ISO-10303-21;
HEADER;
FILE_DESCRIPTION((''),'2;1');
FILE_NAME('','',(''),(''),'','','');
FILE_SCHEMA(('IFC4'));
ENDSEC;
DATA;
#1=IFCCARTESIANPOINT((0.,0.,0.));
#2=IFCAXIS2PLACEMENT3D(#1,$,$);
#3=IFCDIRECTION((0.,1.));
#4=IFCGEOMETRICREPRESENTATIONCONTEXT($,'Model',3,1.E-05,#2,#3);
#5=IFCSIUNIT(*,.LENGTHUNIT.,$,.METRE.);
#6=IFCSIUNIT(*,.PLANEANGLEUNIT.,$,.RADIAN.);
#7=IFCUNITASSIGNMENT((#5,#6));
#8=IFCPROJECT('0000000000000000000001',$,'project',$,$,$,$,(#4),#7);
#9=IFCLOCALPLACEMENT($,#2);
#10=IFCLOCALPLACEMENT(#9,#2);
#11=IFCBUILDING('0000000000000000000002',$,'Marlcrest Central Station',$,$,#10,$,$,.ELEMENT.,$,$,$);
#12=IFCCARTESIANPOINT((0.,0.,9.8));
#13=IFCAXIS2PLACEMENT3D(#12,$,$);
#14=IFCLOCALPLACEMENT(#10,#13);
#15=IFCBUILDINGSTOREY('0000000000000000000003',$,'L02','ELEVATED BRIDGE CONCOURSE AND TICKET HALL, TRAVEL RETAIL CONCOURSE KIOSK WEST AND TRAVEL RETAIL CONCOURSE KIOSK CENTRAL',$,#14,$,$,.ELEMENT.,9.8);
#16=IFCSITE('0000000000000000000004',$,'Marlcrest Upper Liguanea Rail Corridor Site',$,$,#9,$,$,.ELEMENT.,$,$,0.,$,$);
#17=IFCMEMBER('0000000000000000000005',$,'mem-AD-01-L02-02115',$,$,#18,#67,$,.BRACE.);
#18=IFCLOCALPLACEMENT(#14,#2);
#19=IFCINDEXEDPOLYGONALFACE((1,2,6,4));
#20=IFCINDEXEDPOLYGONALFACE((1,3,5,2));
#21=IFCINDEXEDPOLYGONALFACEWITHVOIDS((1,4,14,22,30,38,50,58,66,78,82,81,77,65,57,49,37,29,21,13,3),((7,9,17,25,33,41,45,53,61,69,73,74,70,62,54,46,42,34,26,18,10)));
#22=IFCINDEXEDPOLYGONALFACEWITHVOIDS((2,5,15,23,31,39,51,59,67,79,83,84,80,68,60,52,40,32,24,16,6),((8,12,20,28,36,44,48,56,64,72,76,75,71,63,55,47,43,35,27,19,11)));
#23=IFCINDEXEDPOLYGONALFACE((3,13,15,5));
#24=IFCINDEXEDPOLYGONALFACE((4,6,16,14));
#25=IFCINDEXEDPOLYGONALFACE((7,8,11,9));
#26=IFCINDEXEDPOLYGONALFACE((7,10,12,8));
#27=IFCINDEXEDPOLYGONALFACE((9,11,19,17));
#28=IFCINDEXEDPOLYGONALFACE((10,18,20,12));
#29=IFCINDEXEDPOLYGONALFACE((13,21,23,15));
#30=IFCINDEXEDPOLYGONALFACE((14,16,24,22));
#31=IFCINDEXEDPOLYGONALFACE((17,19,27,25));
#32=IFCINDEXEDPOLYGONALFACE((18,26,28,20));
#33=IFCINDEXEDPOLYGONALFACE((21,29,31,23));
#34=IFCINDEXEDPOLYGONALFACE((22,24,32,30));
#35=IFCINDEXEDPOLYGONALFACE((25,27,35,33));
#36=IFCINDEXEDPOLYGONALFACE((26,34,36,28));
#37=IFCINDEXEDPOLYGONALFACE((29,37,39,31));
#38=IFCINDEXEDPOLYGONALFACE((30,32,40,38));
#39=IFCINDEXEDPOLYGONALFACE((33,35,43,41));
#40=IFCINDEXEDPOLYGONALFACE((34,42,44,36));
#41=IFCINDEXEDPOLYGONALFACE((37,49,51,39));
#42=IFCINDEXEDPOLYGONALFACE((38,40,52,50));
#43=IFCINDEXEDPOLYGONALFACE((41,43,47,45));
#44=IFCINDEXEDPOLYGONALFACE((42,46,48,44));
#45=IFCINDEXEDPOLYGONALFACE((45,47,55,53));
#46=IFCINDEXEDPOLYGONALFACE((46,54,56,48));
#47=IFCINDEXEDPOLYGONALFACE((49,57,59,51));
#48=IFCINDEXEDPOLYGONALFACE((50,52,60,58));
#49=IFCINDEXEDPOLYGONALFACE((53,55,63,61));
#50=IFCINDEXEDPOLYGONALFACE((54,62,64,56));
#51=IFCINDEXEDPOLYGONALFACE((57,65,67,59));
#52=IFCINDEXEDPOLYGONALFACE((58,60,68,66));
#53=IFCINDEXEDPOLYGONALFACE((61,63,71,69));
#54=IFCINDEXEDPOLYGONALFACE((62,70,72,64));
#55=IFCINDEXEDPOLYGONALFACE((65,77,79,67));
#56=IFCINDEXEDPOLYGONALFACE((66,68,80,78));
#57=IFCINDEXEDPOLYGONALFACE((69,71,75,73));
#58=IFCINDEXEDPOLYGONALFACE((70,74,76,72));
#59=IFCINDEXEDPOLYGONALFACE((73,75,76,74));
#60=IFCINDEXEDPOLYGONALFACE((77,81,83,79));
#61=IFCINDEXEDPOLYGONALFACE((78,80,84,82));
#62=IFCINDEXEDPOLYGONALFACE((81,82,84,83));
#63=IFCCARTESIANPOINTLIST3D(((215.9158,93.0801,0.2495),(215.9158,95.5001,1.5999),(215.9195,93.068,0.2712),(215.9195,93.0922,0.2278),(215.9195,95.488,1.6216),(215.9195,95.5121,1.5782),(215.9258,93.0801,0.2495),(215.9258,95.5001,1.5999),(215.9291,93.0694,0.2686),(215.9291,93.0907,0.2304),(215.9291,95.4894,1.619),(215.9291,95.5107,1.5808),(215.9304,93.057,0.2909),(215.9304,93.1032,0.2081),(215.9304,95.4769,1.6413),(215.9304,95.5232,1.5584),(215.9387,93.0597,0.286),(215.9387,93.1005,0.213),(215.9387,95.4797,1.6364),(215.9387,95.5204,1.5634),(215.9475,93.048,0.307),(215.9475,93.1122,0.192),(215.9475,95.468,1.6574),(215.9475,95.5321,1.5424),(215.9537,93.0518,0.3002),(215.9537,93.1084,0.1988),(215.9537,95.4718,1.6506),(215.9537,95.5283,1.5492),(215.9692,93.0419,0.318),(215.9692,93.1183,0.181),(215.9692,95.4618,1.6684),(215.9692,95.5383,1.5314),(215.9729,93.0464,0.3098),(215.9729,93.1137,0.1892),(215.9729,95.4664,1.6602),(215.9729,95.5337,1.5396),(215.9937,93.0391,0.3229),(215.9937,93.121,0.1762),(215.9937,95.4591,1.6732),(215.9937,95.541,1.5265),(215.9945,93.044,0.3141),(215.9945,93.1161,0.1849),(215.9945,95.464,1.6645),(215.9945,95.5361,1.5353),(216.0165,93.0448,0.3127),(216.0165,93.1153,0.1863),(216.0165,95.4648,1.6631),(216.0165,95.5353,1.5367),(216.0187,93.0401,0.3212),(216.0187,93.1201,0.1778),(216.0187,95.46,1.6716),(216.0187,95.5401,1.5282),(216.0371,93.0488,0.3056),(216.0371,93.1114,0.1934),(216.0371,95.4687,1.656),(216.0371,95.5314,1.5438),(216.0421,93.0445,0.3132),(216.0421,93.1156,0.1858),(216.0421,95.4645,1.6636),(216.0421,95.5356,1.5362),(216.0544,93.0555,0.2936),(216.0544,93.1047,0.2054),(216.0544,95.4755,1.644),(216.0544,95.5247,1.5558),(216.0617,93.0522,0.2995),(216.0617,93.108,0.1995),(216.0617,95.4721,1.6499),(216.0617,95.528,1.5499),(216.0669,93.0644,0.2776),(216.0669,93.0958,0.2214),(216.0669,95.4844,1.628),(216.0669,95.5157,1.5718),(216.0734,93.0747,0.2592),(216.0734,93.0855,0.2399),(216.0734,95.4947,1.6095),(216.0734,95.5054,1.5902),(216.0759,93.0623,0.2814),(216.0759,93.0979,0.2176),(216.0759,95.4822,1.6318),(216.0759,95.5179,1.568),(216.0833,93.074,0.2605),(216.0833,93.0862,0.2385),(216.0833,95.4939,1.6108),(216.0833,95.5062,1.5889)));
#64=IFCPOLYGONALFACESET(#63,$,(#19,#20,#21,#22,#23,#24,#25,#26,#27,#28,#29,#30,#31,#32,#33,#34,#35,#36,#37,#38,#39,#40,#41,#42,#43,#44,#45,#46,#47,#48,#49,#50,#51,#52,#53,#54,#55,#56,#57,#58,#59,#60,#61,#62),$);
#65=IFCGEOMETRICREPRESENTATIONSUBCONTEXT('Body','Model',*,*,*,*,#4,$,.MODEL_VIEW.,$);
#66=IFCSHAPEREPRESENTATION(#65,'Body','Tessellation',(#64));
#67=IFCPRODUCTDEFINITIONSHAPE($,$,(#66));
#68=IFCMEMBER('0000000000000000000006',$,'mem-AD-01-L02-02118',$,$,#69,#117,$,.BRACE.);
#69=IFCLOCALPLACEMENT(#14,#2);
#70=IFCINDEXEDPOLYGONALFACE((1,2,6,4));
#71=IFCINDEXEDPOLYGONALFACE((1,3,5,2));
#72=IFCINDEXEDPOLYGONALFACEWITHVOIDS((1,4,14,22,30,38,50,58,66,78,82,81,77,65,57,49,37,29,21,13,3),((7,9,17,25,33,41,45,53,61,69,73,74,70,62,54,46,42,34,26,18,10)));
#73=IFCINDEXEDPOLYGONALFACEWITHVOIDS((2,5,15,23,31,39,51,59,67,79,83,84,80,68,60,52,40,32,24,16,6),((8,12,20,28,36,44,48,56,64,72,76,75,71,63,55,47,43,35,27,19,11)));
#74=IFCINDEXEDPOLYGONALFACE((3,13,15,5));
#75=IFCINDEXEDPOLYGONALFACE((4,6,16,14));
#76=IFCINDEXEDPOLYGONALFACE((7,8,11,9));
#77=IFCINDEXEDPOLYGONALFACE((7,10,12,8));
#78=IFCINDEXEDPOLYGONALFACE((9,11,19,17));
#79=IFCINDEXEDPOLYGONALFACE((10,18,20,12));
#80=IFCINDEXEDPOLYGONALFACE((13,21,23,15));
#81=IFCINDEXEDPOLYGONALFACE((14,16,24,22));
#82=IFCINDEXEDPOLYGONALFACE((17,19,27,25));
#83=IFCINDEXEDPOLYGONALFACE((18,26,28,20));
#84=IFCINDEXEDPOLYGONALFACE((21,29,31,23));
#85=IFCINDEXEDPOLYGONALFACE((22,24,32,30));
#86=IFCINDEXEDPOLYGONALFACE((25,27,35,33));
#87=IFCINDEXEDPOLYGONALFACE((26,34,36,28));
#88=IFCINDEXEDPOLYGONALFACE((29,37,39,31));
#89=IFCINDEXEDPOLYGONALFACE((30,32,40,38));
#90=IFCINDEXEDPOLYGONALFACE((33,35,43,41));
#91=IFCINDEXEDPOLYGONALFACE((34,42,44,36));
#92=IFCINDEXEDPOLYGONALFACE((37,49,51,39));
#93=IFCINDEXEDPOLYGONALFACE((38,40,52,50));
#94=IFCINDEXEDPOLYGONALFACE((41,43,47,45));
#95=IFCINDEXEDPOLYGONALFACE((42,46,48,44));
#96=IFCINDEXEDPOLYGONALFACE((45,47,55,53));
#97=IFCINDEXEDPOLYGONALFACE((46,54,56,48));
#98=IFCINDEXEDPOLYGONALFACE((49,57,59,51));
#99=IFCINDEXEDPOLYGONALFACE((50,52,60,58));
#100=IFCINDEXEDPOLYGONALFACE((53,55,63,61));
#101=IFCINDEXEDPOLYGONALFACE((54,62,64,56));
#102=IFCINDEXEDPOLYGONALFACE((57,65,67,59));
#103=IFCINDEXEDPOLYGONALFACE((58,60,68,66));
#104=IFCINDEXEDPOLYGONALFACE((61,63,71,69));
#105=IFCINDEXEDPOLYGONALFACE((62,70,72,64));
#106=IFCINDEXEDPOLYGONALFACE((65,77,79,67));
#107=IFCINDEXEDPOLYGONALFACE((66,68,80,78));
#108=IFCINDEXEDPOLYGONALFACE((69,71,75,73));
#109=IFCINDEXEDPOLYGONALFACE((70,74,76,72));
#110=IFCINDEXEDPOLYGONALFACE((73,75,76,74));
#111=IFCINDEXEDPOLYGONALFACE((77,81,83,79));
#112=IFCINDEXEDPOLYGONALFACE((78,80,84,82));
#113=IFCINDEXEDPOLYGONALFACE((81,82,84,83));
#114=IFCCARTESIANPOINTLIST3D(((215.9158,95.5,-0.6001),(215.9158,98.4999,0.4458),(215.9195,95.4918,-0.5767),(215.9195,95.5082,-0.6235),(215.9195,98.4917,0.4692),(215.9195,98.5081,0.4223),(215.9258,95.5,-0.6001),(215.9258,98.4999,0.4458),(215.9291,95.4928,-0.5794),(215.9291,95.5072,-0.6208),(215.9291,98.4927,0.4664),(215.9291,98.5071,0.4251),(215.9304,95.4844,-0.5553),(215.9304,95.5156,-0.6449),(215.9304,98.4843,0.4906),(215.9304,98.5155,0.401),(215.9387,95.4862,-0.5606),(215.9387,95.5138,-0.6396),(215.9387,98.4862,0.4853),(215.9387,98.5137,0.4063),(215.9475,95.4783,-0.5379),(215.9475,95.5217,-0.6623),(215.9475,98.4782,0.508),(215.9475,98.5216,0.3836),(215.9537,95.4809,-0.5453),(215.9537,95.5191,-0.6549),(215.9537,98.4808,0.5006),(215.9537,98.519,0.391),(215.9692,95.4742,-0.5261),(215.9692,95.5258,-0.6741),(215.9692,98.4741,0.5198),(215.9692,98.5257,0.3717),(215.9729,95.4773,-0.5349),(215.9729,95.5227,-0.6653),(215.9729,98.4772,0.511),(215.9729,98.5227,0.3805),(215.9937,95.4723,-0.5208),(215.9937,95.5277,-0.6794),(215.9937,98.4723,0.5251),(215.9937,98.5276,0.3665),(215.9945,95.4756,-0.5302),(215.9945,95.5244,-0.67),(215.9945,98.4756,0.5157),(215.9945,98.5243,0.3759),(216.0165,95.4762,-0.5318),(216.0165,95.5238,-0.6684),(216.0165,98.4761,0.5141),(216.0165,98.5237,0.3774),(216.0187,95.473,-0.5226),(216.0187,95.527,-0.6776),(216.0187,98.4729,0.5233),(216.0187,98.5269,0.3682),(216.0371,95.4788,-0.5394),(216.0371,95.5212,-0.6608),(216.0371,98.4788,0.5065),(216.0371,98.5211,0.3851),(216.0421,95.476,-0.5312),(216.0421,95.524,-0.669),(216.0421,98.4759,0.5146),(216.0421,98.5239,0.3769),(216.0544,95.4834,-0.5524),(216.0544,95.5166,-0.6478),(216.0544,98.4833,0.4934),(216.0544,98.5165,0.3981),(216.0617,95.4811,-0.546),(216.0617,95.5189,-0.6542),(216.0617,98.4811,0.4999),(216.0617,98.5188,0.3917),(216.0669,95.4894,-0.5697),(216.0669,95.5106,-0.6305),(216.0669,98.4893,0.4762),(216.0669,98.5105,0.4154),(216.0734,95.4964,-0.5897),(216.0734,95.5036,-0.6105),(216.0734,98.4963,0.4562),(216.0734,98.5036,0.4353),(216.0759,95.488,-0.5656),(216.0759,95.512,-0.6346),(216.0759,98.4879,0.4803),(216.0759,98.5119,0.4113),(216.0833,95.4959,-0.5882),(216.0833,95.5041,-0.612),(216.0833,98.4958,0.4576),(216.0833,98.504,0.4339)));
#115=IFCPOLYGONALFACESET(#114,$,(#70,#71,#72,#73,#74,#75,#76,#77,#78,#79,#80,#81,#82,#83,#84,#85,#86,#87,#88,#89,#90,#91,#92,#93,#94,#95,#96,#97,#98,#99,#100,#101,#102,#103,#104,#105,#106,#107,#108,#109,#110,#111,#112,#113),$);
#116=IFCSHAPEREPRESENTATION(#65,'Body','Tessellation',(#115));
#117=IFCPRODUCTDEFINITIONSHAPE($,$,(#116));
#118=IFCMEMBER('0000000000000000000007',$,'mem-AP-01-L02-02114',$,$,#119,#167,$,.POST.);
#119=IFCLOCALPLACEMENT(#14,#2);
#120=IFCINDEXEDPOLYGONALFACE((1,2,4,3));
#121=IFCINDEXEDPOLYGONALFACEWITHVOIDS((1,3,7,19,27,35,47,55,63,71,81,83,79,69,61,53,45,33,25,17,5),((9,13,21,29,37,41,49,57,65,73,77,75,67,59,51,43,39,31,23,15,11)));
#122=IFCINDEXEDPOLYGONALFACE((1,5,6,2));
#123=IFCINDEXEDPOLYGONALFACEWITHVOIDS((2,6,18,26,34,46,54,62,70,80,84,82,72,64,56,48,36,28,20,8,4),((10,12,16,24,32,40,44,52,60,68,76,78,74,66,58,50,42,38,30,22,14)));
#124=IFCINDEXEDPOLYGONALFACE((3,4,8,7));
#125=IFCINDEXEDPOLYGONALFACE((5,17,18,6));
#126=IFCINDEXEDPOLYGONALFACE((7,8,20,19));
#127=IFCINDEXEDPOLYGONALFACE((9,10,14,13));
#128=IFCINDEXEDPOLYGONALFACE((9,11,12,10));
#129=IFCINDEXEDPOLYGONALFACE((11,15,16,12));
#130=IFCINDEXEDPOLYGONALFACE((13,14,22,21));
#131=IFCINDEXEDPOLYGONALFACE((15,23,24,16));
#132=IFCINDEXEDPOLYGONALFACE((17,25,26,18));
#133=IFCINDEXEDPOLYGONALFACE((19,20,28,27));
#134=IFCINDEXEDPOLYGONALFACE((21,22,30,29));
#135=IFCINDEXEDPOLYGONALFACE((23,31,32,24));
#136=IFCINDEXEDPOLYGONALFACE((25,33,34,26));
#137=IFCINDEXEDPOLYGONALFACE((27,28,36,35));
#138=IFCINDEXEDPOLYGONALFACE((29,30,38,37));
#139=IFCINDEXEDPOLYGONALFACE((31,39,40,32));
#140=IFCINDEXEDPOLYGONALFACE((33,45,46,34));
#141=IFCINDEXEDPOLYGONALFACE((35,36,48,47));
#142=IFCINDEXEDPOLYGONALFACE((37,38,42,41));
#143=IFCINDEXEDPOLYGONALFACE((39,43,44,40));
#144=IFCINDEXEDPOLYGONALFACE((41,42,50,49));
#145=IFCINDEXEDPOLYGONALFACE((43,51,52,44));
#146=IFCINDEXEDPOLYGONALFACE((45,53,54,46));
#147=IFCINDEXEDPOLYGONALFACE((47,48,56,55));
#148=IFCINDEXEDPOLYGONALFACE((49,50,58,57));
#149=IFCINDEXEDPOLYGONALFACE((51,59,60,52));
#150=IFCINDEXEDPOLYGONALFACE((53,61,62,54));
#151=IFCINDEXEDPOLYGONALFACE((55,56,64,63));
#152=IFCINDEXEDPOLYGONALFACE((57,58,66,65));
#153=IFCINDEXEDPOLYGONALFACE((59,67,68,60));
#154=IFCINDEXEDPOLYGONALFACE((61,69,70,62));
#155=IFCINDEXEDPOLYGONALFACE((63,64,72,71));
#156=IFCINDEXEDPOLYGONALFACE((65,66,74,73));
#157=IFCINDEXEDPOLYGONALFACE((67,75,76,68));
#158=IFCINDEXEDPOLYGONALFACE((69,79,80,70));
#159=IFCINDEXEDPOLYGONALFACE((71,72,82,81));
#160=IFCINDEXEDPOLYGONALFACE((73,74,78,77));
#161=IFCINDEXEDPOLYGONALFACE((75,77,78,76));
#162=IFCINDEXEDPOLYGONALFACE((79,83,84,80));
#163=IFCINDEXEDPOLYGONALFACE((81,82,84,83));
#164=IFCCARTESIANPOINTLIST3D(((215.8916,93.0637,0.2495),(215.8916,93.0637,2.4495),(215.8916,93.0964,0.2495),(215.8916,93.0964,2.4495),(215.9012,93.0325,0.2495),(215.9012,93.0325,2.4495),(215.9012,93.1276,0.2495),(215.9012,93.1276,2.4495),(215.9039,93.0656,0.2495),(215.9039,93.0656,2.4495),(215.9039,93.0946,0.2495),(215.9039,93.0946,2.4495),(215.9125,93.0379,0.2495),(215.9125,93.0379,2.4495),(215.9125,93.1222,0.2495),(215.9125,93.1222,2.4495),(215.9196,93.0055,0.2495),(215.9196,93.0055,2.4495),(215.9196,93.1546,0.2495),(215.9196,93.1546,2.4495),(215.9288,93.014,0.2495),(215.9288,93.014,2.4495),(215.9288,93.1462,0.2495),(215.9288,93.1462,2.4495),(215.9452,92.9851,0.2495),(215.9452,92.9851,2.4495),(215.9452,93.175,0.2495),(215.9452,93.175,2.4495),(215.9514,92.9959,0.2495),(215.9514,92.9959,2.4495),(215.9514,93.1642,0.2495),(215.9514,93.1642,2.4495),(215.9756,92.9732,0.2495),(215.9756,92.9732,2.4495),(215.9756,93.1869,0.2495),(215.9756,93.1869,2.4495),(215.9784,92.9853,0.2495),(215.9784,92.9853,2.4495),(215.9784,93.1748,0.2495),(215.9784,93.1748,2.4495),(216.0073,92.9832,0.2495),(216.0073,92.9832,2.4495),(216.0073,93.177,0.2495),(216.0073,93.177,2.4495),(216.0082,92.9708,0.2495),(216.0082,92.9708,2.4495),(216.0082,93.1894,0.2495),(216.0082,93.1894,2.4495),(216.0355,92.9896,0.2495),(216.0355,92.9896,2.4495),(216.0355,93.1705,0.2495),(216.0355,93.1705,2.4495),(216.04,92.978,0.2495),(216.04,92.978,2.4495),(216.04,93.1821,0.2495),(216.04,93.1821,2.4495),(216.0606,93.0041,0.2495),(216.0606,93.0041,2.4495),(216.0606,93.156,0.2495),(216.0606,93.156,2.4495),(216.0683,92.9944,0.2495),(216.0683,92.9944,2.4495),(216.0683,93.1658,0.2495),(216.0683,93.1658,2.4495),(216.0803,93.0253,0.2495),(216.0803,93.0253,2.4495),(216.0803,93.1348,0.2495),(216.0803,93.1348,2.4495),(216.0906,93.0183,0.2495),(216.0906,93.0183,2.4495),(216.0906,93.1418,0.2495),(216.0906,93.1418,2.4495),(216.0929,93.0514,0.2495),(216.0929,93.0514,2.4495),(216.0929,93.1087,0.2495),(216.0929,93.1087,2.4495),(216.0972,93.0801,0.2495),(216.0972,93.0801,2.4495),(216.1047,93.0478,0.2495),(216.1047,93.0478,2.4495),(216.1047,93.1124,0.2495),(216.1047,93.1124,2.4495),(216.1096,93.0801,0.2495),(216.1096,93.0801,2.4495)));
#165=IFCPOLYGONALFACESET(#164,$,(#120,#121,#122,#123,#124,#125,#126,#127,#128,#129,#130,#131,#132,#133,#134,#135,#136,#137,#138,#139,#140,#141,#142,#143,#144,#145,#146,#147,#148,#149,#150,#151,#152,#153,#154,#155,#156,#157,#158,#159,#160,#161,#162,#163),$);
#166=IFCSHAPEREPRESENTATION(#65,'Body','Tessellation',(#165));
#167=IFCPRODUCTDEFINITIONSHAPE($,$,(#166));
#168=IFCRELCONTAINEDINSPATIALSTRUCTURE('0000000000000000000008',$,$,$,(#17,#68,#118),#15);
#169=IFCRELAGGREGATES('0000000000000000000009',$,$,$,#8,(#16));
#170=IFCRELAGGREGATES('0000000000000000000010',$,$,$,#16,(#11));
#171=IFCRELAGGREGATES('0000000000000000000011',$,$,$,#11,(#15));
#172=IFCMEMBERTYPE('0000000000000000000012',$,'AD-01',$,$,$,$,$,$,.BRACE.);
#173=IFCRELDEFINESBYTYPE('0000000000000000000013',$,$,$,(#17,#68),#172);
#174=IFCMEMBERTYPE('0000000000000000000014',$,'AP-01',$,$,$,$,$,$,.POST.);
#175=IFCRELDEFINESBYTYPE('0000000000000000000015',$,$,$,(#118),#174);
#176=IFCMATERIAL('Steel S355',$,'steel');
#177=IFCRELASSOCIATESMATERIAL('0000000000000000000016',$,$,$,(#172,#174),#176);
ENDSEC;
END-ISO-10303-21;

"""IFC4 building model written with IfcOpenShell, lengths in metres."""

from ifc_helpers import new_model, si_unit, direction, frame, origin, origin_2d, place, context, subcontext, project, spatial, hollow_circle, extrude, material, material_profile, profile_set, type_object, element, save


model = new_model("IFC4")

# Units and contexts
model_context = context("Model", 3, precision=1e-05, world=origin(), true_north=direction((0.0, 1.0)))
body_context = subcontext(model_context, "Body", "Model", "MODEL_VIEW")
ifc_project = project(units=[si_unit("LENGTHUNIT", "METRE"), si_unit("PLANEANGLEUNIT", "RADIAN")], contexts=[model_context])

# Site, building, storey
site_placement = place(None, origin())
site = spatial("IfcSite", under=ifc_project, at=site_placement, Name="Marlcrest Upper Liguanea Rail Corridor Site", CompositionType="ELEMENT", RefElevation=0.0)
building_placement = place(site_placement, origin())
building = spatial("IfcBuilding", under=site, at=building_placement, Name="Marlcrest Central Station", CompositionType="ELEMENT")
storey_placement = place(building_placement, frame((0.0, 0.0, 9.8)))
storey = spatial("IfcBuildingStorey", under=building, at=storey_placement, Name="L02", Description="ELEVATED BRIDGE CONCOURSE AND TICKET HALL, TRAVEL RETAIL CONCOURSE KIOSK WEST AND TRAVEL RETAIL CONCOURSE KIOSK CENTRAL", CompositionType="ELEMENT", Elevation=9.8)

# Members
ifc_material = material(Name="Steel S355", Category="steel")
ifc_material_profile_1 = material_profile(ifc_material, hollow_circle(Radius=0.0842, WallThickness=0.01, at=origin_2d()), Name="CHS 168.3x10")
ifc_profile_set_1 = profile_set([ifc_material_profile_1], Name="Steel S355")
member_type_1 = type_object("IfcMemberType", Name="AD-01", PredefinedType="BRACE", material=ifc_profile_set_1)
member_1_placement = place(storey_placement, frame((216.0, 93.0801, 0.2495), z_axis=(0.0, 0.873246, 0.48728), x_axis=(-1.0, 0.0, 0.0)))
element("IfcMember", 1, at=member_1_placement, inside=storey, type_object=member_type_1, Name="mem-AD-01-L02-02115", PredefinedType="BRACE", context=body_context, shape_type="SweptSolid", body=[
    extrude(hollow_circle(Radius=0.0842, WallThickness=0.01, at=origin_2d()), origin(), (0.0, 0.0, 1.0), 2.7712),
])
member_2_placement = place(storey_placement, frame((216.0, 95.5, -0.6001), z_axis=(0.0, 0.94426, 0.3292), x_axis=(-1.0, 0.0, 0.0)))
element("IfcMember", 2, at=member_2_placement, inside=storey, type_object=member_type_1, Name="mem-AD-01-L02-02118", PredefinedType="BRACE", context=body_context, shape_type="SweptSolid", body=[
    extrude(hollow_circle(Radius=0.0842, WallThickness=0.01, at=origin_2d()), origin(), (0.0, 0.0, 1.0), 3.177),
])
ifc_material_profile_2 = material_profile(ifc_material, hollow_circle(Radius=0.1096, WallThickness=0.0125, at=origin_2d()), Name="CHS 219.1x12.5")
ifc_profile_set_2 = profile_set([ifc_material_profile_2], Name="Steel S355")
member_type_2 = type_object("IfcMemberType", Name="AP-01", PredefinedType="POST", material=ifc_profile_set_2)
for number, where, z_axis, x_axis, name in (
    (3, (216.0, 93.0801, 0.2495), (0.0, 0.0, 1.0), (1.0, 0.0, 0.0), "mem-AP-01-L02-02114"),
):
    element("IfcMember", number, at=place(storey_placement, frame(where, z_axis=z_axis, x_axis=x_axis)), inside=storey, type_object=member_type_2, Name=name, PredefinedType="POST", context=body_context, shape_type="SweptSolid", body=[
        extrude(hollow_circle(Radius=0.1096, WallThickness=0.0125, at=origin_2d()), origin(), (0.0, 0.0, 1.0), 2.2),
    ])

save(model, "model.ifc")
